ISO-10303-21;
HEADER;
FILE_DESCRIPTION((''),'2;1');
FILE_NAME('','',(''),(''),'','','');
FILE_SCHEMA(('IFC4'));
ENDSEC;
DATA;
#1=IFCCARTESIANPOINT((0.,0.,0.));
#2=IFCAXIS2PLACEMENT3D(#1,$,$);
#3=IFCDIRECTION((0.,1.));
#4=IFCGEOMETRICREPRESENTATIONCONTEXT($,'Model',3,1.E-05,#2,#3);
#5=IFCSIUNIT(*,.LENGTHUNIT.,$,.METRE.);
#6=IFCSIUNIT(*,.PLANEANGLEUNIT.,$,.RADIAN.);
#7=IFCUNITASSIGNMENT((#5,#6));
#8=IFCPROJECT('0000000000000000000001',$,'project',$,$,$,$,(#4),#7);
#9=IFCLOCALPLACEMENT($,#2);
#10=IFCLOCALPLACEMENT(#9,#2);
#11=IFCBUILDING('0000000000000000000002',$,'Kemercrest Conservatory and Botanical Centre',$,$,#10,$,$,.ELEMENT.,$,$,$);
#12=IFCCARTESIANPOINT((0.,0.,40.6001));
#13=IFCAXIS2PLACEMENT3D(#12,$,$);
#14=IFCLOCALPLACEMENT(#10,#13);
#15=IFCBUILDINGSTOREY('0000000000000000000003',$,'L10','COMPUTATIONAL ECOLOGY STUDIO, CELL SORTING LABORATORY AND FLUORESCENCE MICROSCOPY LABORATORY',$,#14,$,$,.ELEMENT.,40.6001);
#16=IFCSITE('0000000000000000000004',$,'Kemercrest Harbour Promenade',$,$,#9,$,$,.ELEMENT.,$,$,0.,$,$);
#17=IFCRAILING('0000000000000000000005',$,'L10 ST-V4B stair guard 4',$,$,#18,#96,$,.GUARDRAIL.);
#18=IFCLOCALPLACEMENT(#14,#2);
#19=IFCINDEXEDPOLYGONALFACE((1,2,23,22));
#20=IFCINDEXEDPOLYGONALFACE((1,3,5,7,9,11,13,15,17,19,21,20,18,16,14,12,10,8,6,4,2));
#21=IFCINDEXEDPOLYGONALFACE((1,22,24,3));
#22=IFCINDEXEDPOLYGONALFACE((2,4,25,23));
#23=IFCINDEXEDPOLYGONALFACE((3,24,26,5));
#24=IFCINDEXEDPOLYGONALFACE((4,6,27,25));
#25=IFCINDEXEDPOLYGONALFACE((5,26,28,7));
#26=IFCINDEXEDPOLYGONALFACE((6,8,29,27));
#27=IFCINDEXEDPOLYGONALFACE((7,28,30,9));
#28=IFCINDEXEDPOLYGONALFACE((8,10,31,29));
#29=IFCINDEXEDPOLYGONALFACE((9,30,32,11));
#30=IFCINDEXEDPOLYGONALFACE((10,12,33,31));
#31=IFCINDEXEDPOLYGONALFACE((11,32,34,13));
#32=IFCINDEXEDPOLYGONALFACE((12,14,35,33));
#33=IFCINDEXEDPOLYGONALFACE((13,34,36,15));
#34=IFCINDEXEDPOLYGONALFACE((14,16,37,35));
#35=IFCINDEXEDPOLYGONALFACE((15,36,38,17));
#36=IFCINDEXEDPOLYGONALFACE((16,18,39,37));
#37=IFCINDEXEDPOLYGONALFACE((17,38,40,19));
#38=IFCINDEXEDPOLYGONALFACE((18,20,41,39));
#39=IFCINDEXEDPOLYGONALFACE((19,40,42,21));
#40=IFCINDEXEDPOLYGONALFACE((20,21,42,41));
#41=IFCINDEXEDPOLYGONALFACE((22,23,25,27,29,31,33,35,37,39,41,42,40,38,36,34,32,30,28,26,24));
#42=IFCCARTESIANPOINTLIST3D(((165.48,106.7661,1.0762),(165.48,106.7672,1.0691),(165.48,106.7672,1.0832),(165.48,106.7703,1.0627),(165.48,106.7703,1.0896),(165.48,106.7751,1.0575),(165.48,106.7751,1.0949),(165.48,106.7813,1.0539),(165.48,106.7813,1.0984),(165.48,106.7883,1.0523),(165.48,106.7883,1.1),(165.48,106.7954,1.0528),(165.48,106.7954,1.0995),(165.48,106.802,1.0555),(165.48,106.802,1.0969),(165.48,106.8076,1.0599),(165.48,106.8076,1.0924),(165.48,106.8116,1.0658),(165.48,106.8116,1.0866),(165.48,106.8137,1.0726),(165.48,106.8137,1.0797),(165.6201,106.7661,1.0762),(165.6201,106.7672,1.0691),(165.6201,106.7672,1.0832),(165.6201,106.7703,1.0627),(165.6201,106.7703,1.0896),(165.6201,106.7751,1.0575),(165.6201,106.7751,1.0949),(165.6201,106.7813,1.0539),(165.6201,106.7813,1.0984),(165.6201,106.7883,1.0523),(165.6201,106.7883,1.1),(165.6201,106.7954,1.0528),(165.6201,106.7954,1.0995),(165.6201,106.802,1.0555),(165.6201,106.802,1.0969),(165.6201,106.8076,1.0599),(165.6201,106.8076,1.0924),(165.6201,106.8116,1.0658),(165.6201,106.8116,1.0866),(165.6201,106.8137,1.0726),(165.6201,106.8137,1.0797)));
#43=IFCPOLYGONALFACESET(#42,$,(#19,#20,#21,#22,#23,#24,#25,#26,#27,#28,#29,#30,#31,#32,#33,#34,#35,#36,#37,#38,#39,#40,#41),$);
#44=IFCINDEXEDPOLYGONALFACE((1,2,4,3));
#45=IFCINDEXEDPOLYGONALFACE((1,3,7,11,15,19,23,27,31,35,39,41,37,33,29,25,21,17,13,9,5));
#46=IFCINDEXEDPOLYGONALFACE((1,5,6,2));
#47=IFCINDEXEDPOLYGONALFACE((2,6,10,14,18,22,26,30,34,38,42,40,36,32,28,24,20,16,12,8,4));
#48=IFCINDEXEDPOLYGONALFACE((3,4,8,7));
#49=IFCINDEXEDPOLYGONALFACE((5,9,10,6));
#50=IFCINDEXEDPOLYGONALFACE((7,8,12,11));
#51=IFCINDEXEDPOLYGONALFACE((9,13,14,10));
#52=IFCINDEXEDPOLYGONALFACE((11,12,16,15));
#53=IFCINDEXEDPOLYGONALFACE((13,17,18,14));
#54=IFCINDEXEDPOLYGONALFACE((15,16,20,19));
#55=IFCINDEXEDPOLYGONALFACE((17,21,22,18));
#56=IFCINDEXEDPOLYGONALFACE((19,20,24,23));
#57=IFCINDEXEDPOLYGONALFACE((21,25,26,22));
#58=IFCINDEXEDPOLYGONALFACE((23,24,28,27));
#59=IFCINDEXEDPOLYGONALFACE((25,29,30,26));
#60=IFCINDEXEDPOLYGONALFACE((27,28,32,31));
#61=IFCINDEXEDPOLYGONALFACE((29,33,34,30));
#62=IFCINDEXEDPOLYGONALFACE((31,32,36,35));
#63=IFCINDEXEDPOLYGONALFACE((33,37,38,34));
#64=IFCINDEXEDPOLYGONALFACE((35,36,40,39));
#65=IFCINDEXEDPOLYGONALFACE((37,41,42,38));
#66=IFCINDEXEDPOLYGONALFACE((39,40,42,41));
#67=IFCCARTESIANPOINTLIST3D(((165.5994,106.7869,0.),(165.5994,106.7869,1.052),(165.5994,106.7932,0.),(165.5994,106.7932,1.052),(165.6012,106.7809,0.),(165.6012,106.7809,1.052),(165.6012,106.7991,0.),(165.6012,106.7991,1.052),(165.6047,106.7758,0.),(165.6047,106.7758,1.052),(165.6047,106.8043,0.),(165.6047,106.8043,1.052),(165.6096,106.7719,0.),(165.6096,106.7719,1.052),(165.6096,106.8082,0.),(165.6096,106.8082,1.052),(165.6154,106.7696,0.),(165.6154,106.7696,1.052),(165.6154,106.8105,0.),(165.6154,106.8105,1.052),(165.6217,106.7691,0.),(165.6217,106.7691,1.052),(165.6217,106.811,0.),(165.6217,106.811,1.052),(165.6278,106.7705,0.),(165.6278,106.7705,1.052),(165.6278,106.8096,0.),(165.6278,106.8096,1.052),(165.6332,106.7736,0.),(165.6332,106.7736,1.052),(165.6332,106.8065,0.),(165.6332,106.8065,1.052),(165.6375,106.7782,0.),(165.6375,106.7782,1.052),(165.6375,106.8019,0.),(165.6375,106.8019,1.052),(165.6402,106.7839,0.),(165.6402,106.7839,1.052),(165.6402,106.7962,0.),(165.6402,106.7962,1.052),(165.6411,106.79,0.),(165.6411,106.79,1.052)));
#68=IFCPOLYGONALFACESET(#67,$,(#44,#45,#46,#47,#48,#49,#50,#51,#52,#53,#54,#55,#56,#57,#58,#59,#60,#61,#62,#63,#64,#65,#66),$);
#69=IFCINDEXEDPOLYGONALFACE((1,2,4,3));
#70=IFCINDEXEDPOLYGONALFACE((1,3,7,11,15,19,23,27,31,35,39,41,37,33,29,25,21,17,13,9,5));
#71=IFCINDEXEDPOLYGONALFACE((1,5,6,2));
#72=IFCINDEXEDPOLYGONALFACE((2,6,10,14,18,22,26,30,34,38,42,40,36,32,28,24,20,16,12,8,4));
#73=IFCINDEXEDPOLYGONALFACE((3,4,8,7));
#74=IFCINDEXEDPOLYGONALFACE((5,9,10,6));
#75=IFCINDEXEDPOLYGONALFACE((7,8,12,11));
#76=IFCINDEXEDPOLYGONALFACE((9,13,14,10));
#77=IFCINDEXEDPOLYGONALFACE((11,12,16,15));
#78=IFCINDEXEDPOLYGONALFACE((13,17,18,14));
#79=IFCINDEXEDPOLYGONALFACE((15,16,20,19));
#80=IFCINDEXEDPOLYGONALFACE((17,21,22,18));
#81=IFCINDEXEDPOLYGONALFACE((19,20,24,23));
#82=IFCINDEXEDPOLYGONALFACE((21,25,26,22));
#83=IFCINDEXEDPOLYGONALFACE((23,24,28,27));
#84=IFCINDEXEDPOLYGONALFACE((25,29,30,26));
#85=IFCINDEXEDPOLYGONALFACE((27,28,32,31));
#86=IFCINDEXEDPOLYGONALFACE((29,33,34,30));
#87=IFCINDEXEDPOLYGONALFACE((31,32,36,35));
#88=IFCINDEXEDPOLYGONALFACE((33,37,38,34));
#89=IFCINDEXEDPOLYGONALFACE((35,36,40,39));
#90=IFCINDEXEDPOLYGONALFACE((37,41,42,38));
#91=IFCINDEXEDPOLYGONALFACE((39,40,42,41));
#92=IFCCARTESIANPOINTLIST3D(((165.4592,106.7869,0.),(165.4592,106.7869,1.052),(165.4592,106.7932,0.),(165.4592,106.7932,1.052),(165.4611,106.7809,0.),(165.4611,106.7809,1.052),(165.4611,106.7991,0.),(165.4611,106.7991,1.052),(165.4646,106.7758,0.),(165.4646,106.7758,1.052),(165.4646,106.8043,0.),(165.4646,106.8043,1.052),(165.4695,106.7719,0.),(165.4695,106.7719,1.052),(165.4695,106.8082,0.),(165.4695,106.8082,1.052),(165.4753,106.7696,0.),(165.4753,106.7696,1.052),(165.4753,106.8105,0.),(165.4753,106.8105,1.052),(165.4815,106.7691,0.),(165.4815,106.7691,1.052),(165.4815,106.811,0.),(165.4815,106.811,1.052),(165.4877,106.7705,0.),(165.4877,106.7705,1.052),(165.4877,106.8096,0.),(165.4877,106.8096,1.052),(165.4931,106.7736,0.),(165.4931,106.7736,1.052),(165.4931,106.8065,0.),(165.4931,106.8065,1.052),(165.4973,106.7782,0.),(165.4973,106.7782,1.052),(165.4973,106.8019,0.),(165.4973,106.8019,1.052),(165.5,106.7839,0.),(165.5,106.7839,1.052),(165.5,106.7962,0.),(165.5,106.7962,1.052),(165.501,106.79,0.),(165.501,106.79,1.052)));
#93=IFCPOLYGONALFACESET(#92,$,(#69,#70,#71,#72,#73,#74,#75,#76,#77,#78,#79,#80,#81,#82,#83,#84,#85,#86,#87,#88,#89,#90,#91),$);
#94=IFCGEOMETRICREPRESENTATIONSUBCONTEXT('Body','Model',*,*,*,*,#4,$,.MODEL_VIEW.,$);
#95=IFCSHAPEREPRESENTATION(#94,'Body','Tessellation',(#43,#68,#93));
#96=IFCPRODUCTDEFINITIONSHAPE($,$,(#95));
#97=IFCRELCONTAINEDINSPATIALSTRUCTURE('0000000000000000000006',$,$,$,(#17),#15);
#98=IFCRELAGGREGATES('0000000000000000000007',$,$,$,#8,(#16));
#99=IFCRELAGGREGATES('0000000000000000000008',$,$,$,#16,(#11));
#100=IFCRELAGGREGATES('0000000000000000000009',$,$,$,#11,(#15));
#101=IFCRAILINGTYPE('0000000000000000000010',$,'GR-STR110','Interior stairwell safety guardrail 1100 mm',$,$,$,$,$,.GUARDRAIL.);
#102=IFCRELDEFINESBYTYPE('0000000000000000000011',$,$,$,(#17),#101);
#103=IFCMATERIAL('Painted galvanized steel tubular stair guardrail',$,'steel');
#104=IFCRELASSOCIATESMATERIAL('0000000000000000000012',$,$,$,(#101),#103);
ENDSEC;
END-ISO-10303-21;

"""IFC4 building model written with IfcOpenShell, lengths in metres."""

from ifc_helpers import new_model, si_unit, direction, frame, origin, origin_2d, place, context, subcontext, project, spatial, circle, extrude, material, type_object, element, save


model = new_model("IFC4")

# Units and contexts
model_context = context("Model", 3, precision=1e-05, world=origin(), true_north=direction((0.0, 1.0)))
body_context = subcontext(model_context, "Body", "Model", "MODEL_VIEW")
ifc_project = project(units=[si_unit("LENGTHUNIT", "METRE"), si_unit("PLANEANGLEUNIT", "RADIAN")], contexts=[model_context])

# Site, building, storey
site_placement = place(None, origin())
site = spatial("IfcSite", under=ifc_project, at=site_placement, Name="Kemercrest Harbour Promenade", CompositionType="ELEMENT", RefElevation=0.0)
building_placement = place(site_placement, origin())
building = spatial("IfcBuilding", under=site, at=building_placement, Name="Kemercrest Conservatory and Botanical Centre", CompositionType="ELEMENT")
storey_placement = place(building_placement, frame((0.0, 0.0, 40.6001)))
storey = spatial("IfcBuildingStorey", under=building, at=storey_placement, Name="L10", Description="COMPUTATIONAL ECOLOGY STUDIO, CELL SORTING LABORATORY AND FLUORESCENCE MICROSCOPY LABORATORY", CompositionType="ELEMENT", Elevation=40.6001)

# Railing
ifc_material_1 = material(Name="Painted galvanized steel tubular stair guardrail", Category="steel")
railing_type_1 = type_object("IfcRailingType", Name="GR-STR110", Description="Interior stairwell safety guardrail 1100 mm", PredefinedType="GUARDRAIL", material=ifc_material_1)
railing_1_placement = place(storey_placement, frame((165.6201, 106.79, 0.0)))
element("IfcRailing", 1, at=railing_1_placement, inside=storey, type_object=railing_type_1, Name="L10 ST-V4B stair guard 4", PredefinedType="GUARDRAIL", context=body_context, shape_type="SweptSolid", body=[
    extrude(circle(Radius=0.0239, at=origin_2d()), frame((0.0, 0.0, 1.0762), z_axis=(-1.0, 0.0, 0.0), x_axis=(0.0, -1.0, 0.0)), (0.0, 0.0, 1.0), 0.1401),
    extrude(circle(Radius=0.021, at=origin_2d()), origin(), (0.0, 0.0, 1.0), 1.052),
    extrude(circle(Radius=0.021, at=origin_2d()), frame((-0.1401, 0.0, 0.0)), (0.0, 0.0, 1.0), 1.052),
])

save(model, "model.ifc")
